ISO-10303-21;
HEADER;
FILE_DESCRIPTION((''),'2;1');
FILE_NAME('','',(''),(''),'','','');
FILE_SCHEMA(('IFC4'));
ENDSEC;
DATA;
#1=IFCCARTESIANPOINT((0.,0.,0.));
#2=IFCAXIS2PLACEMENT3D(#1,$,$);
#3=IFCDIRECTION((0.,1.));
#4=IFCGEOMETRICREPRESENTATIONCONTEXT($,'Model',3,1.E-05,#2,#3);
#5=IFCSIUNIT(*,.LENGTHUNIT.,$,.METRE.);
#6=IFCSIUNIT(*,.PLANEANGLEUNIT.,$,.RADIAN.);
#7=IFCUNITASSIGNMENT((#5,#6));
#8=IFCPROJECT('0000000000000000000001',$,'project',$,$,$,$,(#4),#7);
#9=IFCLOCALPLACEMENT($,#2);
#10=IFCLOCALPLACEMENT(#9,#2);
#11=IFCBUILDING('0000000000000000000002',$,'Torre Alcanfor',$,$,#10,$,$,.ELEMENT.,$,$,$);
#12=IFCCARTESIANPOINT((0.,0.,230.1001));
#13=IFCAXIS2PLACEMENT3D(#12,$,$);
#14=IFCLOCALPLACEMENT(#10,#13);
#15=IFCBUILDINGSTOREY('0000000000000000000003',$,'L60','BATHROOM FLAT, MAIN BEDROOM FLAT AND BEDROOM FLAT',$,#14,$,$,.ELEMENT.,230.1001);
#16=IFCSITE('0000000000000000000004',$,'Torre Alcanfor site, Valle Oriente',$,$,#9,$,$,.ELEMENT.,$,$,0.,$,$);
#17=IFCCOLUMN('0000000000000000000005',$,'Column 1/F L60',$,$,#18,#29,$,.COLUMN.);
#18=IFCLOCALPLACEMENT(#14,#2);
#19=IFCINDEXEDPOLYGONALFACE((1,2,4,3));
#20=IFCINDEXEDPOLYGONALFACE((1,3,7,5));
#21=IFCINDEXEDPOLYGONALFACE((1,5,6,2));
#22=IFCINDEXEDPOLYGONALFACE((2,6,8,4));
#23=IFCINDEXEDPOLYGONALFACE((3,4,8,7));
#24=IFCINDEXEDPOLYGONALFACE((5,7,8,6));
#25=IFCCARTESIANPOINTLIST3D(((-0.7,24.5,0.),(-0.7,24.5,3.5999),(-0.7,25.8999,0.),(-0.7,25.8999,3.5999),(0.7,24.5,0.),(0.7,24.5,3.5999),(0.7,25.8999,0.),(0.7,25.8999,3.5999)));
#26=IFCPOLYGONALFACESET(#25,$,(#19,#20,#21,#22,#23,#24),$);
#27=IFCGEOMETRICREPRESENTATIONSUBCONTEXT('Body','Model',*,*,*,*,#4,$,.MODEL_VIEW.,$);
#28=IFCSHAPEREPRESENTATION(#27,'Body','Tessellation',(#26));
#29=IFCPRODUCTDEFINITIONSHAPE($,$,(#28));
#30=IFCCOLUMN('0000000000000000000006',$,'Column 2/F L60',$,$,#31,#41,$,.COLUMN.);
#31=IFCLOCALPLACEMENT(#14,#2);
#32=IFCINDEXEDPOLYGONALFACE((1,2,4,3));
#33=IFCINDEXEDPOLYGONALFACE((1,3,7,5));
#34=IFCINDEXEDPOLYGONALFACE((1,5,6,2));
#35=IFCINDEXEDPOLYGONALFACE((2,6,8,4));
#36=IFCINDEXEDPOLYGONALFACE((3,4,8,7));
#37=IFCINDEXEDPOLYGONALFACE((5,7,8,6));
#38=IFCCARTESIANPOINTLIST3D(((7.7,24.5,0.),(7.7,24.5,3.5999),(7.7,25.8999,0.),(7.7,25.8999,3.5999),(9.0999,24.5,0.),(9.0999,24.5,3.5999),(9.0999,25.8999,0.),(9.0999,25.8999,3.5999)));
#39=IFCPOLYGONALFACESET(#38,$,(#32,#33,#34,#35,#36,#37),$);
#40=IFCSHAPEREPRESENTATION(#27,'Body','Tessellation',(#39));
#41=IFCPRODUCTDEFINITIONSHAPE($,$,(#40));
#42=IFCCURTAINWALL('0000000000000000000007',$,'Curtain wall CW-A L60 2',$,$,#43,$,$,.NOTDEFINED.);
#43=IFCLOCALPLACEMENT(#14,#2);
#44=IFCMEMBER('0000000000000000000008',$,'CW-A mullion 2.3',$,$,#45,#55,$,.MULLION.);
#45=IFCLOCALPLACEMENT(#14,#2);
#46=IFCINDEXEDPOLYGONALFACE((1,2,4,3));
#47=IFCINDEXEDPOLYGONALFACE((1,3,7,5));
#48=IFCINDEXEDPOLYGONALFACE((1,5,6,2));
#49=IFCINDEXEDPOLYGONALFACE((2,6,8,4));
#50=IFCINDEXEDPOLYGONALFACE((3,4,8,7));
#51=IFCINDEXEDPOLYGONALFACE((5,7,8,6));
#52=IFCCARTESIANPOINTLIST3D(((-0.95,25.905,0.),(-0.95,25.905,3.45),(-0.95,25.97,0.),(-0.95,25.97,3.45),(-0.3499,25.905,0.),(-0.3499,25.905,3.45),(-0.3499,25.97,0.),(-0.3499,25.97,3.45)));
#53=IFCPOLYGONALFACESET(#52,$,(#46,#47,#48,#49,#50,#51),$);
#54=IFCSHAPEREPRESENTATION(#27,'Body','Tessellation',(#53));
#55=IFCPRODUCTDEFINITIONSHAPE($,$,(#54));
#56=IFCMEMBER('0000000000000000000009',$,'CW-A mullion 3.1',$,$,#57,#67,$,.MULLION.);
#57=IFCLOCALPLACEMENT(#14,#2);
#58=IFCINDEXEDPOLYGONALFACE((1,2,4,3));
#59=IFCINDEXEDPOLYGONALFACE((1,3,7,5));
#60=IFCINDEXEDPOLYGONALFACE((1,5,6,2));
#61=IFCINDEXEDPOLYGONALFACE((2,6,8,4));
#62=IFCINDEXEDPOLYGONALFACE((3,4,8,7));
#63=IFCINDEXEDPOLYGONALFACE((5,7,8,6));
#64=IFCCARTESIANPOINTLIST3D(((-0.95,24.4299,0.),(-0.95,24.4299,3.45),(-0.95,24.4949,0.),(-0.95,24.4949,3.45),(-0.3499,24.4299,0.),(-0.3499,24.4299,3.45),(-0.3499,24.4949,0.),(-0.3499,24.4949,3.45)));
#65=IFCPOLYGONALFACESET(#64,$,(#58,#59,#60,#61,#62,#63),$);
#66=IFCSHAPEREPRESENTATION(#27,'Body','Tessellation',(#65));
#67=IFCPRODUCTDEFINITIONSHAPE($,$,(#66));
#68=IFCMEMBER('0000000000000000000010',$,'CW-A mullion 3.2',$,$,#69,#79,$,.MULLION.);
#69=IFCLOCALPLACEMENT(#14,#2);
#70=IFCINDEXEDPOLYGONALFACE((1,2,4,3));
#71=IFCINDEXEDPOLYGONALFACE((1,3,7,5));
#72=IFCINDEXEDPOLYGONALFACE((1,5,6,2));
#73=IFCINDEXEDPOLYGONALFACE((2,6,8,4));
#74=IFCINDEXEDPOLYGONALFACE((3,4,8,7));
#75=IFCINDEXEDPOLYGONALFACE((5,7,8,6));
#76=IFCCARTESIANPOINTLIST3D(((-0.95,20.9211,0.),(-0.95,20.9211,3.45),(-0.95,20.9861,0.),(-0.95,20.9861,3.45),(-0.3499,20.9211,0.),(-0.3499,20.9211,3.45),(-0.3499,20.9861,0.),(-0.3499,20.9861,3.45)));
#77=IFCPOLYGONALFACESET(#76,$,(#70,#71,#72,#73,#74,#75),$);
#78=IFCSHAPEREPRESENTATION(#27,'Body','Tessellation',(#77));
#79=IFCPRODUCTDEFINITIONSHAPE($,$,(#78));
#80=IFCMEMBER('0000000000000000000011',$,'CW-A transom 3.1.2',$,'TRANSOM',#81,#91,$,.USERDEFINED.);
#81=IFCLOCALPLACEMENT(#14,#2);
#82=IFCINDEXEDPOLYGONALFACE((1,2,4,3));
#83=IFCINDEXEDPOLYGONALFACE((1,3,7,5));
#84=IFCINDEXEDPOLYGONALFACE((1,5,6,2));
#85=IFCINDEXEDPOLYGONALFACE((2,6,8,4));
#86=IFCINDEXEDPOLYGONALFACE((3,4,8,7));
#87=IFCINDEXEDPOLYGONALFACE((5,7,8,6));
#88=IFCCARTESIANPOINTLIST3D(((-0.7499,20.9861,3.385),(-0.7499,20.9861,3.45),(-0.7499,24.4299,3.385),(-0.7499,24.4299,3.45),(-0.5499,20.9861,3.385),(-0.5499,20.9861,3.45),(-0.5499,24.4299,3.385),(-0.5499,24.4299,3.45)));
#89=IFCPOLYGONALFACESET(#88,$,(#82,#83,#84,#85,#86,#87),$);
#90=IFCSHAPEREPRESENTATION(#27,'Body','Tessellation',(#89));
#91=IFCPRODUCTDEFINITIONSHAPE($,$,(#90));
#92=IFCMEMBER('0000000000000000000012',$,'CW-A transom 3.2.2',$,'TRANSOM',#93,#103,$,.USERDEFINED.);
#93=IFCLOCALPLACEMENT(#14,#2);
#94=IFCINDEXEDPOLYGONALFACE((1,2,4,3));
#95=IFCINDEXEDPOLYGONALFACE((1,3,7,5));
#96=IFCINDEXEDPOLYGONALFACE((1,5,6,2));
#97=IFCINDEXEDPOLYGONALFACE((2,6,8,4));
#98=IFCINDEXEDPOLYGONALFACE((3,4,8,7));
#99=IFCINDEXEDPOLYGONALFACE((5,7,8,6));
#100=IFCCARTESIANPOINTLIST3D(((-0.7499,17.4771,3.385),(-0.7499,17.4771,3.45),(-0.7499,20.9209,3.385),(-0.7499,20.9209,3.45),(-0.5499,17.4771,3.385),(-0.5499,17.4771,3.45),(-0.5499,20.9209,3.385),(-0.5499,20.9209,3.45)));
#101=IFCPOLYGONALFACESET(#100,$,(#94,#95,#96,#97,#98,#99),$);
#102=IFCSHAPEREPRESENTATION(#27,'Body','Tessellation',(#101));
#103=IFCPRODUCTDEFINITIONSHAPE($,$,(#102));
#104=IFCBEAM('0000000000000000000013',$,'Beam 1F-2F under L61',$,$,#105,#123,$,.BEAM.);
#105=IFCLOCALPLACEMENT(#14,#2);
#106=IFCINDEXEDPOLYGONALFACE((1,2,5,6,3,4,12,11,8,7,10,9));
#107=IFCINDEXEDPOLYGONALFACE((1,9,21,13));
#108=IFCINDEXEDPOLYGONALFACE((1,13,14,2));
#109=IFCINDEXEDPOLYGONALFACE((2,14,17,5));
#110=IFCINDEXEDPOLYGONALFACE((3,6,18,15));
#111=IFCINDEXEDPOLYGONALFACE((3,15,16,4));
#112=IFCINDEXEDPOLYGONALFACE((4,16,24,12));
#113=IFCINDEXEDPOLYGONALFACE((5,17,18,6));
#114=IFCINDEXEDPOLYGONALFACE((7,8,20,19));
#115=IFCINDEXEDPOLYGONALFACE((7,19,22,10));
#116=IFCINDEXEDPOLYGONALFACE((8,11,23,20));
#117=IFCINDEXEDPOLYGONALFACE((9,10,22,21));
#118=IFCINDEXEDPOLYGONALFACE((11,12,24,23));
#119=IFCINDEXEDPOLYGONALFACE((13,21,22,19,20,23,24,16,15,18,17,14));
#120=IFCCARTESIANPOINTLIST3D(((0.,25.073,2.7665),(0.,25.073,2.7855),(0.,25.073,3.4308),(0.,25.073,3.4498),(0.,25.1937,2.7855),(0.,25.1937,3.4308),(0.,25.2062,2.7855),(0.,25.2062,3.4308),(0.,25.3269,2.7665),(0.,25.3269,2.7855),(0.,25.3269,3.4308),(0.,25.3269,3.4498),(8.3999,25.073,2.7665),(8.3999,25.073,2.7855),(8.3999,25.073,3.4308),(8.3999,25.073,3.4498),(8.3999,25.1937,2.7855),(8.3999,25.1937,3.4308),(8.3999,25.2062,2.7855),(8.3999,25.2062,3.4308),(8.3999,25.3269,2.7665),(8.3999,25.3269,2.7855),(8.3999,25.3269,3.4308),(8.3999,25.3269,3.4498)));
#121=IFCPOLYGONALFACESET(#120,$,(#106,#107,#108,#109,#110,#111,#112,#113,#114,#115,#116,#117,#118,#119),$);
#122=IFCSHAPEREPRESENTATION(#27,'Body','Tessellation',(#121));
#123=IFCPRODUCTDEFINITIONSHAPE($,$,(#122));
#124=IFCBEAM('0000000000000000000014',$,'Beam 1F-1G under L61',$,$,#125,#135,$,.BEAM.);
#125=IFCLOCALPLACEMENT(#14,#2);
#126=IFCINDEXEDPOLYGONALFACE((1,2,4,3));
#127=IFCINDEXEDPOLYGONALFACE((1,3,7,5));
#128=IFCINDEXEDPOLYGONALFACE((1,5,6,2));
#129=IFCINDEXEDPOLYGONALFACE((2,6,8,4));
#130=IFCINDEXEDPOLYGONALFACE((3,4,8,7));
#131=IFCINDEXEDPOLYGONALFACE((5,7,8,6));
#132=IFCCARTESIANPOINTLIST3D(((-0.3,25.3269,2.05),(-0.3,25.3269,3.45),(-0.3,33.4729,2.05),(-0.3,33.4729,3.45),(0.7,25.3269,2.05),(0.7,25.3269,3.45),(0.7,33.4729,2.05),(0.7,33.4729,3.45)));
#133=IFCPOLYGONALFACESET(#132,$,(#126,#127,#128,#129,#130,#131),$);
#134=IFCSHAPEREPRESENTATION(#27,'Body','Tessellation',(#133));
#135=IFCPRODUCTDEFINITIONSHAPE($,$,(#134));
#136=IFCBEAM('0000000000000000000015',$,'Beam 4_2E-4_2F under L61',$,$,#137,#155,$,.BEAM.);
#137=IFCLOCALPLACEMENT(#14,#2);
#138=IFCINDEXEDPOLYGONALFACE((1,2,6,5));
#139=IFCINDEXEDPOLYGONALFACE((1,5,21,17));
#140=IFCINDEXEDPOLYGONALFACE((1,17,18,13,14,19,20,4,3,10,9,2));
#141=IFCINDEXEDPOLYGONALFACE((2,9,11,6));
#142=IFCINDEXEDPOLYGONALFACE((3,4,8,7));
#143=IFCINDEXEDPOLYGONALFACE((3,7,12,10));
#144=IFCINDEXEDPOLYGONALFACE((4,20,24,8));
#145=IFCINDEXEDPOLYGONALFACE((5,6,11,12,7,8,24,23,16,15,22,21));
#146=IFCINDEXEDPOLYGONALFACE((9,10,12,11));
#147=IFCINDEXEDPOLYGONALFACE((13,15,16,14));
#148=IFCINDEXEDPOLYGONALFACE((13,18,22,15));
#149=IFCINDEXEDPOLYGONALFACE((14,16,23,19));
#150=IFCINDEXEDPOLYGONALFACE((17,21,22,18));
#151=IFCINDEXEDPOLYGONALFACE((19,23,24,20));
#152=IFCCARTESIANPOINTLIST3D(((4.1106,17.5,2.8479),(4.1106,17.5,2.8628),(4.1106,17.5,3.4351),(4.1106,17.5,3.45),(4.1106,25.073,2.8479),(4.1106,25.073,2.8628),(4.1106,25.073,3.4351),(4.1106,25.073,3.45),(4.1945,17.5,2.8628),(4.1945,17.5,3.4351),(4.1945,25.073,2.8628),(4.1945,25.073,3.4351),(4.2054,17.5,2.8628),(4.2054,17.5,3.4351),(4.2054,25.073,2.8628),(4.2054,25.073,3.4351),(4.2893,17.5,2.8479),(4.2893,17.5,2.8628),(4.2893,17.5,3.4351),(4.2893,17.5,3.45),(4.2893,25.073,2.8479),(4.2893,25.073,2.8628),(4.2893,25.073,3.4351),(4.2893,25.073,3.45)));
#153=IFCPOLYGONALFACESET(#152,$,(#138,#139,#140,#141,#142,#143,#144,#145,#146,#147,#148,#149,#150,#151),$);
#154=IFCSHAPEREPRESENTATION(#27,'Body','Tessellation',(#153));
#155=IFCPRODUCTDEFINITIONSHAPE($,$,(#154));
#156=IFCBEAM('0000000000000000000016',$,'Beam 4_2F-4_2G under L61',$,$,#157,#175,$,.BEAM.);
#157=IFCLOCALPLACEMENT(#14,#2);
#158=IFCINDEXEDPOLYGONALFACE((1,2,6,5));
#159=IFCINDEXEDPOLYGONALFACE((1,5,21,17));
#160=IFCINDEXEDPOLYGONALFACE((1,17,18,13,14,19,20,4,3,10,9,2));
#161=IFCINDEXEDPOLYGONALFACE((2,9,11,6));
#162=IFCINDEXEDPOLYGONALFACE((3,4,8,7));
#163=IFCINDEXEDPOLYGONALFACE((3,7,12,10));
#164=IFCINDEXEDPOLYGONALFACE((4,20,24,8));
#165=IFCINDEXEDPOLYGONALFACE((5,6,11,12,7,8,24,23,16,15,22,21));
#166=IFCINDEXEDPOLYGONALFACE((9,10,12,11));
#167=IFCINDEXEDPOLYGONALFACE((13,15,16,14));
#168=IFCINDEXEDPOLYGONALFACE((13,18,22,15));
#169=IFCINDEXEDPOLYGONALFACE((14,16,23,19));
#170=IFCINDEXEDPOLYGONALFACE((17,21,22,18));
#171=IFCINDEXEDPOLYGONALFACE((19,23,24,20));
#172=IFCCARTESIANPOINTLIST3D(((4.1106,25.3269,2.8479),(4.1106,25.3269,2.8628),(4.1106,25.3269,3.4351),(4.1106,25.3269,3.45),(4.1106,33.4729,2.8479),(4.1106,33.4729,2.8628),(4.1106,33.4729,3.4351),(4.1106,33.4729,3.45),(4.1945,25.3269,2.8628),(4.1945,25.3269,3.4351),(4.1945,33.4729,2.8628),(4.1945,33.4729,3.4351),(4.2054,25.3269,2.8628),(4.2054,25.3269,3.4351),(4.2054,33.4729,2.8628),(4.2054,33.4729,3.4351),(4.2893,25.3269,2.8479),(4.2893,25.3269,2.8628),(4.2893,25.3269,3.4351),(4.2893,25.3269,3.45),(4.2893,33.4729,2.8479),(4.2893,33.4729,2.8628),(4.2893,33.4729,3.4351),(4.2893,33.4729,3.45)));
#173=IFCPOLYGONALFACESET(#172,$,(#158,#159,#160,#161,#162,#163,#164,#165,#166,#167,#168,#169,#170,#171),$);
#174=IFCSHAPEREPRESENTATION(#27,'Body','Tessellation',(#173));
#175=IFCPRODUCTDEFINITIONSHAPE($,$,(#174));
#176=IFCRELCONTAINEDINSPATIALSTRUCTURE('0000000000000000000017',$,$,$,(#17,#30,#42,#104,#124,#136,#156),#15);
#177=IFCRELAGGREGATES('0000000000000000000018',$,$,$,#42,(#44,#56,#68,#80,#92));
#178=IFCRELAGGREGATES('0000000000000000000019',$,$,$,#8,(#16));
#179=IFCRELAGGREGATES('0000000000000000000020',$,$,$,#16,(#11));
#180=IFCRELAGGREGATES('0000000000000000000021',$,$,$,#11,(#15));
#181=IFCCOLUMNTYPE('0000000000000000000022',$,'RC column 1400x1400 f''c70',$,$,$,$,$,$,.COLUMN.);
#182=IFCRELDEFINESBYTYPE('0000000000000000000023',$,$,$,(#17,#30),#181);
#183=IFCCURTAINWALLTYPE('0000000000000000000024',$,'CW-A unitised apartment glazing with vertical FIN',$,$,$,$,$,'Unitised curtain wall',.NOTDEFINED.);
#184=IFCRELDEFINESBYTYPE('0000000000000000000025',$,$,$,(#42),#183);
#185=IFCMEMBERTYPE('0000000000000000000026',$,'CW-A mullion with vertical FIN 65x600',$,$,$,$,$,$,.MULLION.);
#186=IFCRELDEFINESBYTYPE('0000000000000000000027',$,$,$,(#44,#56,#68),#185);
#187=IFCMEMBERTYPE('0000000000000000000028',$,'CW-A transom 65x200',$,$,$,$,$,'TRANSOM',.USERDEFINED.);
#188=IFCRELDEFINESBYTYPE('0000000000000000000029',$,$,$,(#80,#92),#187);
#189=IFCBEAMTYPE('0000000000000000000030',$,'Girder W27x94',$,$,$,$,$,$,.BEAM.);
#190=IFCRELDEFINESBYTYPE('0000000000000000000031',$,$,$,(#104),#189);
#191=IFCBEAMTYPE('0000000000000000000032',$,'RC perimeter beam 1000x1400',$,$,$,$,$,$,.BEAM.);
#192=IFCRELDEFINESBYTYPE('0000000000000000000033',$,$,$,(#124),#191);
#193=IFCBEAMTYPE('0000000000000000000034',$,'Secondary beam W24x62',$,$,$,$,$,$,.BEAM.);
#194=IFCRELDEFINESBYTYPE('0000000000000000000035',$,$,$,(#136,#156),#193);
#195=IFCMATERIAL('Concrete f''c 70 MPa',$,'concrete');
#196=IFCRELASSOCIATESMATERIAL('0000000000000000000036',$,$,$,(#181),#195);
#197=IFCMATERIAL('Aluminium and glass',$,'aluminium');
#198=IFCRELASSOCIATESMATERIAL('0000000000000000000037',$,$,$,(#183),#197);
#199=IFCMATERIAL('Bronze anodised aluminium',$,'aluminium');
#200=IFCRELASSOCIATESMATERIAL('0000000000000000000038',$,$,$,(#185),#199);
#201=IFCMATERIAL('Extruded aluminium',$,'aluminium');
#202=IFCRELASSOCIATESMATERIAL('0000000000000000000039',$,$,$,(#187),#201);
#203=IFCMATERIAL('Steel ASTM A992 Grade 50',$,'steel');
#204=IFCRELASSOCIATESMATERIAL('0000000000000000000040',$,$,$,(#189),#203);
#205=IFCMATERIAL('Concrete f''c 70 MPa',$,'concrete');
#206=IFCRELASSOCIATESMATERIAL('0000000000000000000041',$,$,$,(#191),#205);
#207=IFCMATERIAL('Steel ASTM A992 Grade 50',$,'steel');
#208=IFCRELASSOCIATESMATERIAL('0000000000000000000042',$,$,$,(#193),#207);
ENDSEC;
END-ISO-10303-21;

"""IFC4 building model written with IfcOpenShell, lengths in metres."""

from ifc_helpers import new_model, si_unit, direction, frame, origin, origin_2d, place, context, subcontext, project, spatial, rectangle, i_section, extrude, material, material_profile, profile_set, type_object, element, aggregate, save


model = new_model("IFC4")

# Units and contexts
model_context = context("Model", 3, precision=1e-05, world=origin(), true_north=direction((0.0, 1.0)))
body_context = subcontext(model_context, "Body", "Model", "MODEL_VIEW")
ifc_project = project(units=[si_unit("LENGTHUNIT", "METRE"), si_unit("PLANEANGLEUNIT", "RADIAN")], contexts=[model_context])

# Site, building, storey
site_placement = place(None, origin())
site = spatial("IfcSite", under=ifc_project, at=site_placement, Name="Torre Alcanfor site, Valle Oriente", CompositionType="ELEMENT", RefElevation=0.0)
building_placement = place(site_placement, origin())
building = spatial("IfcBuilding", under=site, at=building_placement, Name="Torre Alcanfor", CompositionType="ELEMENT")
storey_placement = place(building_placement, frame((0.0, 0.0, 230.1001)))
storey = spatial("IfcBuildingStorey", under=building, at=storey_placement, Name="L60", Description="BATHROOM FLAT, MAIN BEDROOM FLAT AND BEDROOM FLAT", CompositionType="ELEMENT", Elevation=230.1001)

# Columns
ifc_material_1 = material(Name="Concrete f'c 70 MPa", Category="concrete")
ifc_material_profile_1 = material_profile(ifc_material_1, rectangle(XDim=1.3999, YDim=1.3999, at=origin_2d()), Name="1400x1400")
ifc_profile_set_1 = profile_set([ifc_material_profile_1], Name="Concrete f'c 70 MPa")
column_type = type_object("IfcColumnType", Name="RC column 1400x1400 f'c70", PredefinedType="COLUMN", material=ifc_profile_set_1)
for number, where, z_axis, x_axis, name in (
    (1, (0.0, 25.2, 0.0), (0.0, 0.0, 1.0), (1.0, 0.0, 0.0), "Column 1/F L60"),
    (2, (8.3999, 25.2, 0.0), (0.0, 0.0, 1.0), (1.0, 0.0, 0.0), "Column 2/F L60"),
):
    element("IfcColumn", number, at=place(storey_placement, frame(where, z_axis=z_axis, x_axis=x_axis)), inside=storey, type_object=column_type, Name=name, PredefinedType="COLUMN", context=body_context, shape_type="SweptSolid", body=[
        extrude(rectangle(XDim=1.3999, YDim=1.3999, at=origin_2d()), origin(), (0.0, 0.0, 1.0), 3.5999),
    ])

# Curtain wall, members
ifc_material_2 = material(Name="Aluminium and glass", Category="aluminium")
curtain_wall_type = type_object("IfcCurtainWallType", Name="CW-A unitised apartment glazing with vertical FIN", ElementType="Unitised curtain wall", PredefinedType="NOTDEFINED", material=ifc_material_2)
curtain_wall_placement = place(storey_placement, origin())
curtain_wall = element("IfcCurtainWall", 3, at=curtain_wall_placement, inside=storey, type_object=curtain_wall_type, Name="Curtain wall CW-A L60 2", PredefinedType="NOTDEFINED")
ifc_material_3 = material(Name="Bronze anodised aluminium", Category="aluminium")
ifc_material_profile_2 = material_profile(ifc_material_3, rectangle(XDim=0.6001, YDim=0.0649, at=origin_2d()), Name="CW-A mullion 65x600")
ifc_profile_set_2 = profile_set([ifc_material_profile_2], Name="Bronze anodised aluminium")
member_type_1 = type_object("IfcMemberType", Name="CW-A mullion with vertical FIN 65x600", PredefinedType="MULLION", material=ifc_profile_set_2)
member_1_placement = place(storey_placement, frame((-0.6499, 25.9375, 0.0), z_axis=(0.0, 0.0, 1.0), x_axis=(1.0, 0.0, 0.0)))
member_1 = element("IfcMember", 4, at=member_1_placement, type_object=member_type_1, Name="CW-A mullion 2.3", PredefinedType="MULLION", context=body_context, shape_type="SweptSolid", body=[
    extrude(rectangle(XDim=0.6001, YDim=0.0649, at=origin_2d()), origin(), (0.0, 0.0, 1.0), 3.45),
])
member_2_placement = place(storey_placement, frame((-0.6499, 24.4624, 0.0), z_axis=(0.0, 0.0, 1.0), x_axis=(1.0, 0.0, 0.0)))
member_2 = element("IfcMember", 5, at=member_2_placement, type_object=member_type_1, Name="CW-A mullion 3.1", PredefinedType="MULLION", context=body_context, shape_type="SweptSolid", body=[
    extrude(rectangle(XDim=0.6001, YDim=0.0649, at=origin_2d()), origin(), (0.0, 0.0, 1.0), 3.45),
])
member_3_placement = place(storey_placement, frame((-0.6499, 20.9536, 0.0), z_axis=(0.0, 0.0, 1.0), x_axis=(1.0, 0.0, 0.0)))
member_3 = element("IfcMember", 6, at=member_3_placement, type_object=member_type_1, Name="CW-A mullion 3.2", PredefinedType="MULLION", context=body_context, shape_type="SweptSolid", body=[
    extrude(rectangle(XDim=0.6001, YDim=0.0649, at=origin_2d()), origin(), (0.0, 0.0, 1.0), 3.45),
])
ifc_material_4 = material(Name="Extruded aluminium", Category="aluminium")
ifc_material_profile_3 = material_profile(ifc_material_4, rectangle(XDim=0.2, YDim=0.0649, at=origin_2d()), Name="CW-A transom 200x65")
ifc_profile_set_3 = profile_set([ifc_material_profile_3], Name="Extruded aluminium")
member_type_2 = type_object("IfcMemberType", Name="CW-A transom 65x200", ElementType="TRANSOM", PredefinedType="USERDEFINED", material=ifc_profile_set_3)
member_4_placement = place(storey_placement, frame((-0.6499, 24.4299, 3.4175), z_axis=(0.0, -1.0, 0.0), x_axis=(1.0, 0.0, 0.0)))
member_4 = element("IfcMember", 7, at=member_4_placement, type_object=member_type_2, Name="CW-A transom 3.1.2", ObjectType="TRANSOM", PredefinedType="USERDEFINED", context=body_context, shape_type="SweptSolid", body=[
    extrude(rectangle(XDim=0.2, YDim=0.0649, at=origin_2d()), origin(), (0.0, 0.0, 1.0), 3.4438),
])
member_5_placement = place(storey_placement, frame((-0.6499, 20.9209, 3.4175), z_axis=(0.0, -1.0, 0.0), x_axis=(1.0, 0.0, 0.0)))
member_5 = element("IfcMember", 8, at=member_5_placement, type_object=member_type_2, Name="CW-A transom 3.2.2", ObjectType="TRANSOM", PredefinedType="USERDEFINED", context=body_context, shape_type="SweptSolid", body=[
    extrude(rectangle(XDim=0.2, YDim=0.0649, at=origin_2d()), origin(), (0.0, 0.0, 1.0), 3.4438),
])

# Beams
ifc_material_5 = material(Name="Steel ASTM A992 Grade 50", Category="steel")
ifc_material_profile_4 = material_profile(ifc_material_5, i_section(OverallWidth=0.2539, OverallDepth=0.6833, WebThickness=0.0125, FlangeThickness=0.019, at=origin_2d()), Name="W27x94")
ifc_profile_set_4 = profile_set([ifc_material_profile_4], Name="Steel ASTM A992 Grade 50")
beam_type_1 = type_object("IfcBeamType", Name="Girder W27x94", PredefinedType="BEAM", material=ifc_profile_set_4)
beam_1_placement = place(storey_placement, frame((0.0, 25.2, 3.1082), z_axis=(1.0, 0.0, 0.0), x_axis=(0.0, 1.0, 0.0)))
element("IfcBeam", 9, at=beam_1_placement, inside=storey, type_object=beam_type_1, Name="Beam 1F-2F under L61", PredefinedType="BEAM", context=body_context, shape_type="SweptSolid", body=[
    extrude(i_section(OverallWidth=0.2539, OverallDepth=0.6833, WebThickness=0.0125, FlangeThickness=0.019, at=origin_2d()), origin(), (0.0, 0.0, 1.0), 8.3999),
])
ifc_material_6 = material(Name="Concrete f'c 70 MPa", Category="concrete")
ifc_material_profile_5 = material_profile(ifc_material_6, rectangle(XDim=1.0, YDim=1.3999, at=origin_2d()), Name="1000x1400")
ifc_profile_set_5 = profile_set([ifc_material_profile_5], Name="Concrete f'c 70 MPa")
beam_type_2 = type_object("IfcBeamType", Name="RC perimeter beam 1000x1400", PredefinedType="BEAM", material=ifc_profile_set_5)
beam_2_placement = place(storey_placement, frame((0.2, 25.3269, 2.75), z_axis=(0.0, 1.0, 0.0), x_axis=(-1.0, 0.0, 0.0)))
element("IfcBeam", 10, at=beam_2_placement, inside=storey, type_object=beam_type_2, Name="Beam 1F-1G under L61", PredefinedType="BEAM", context=body_context, shape_type="SweptSolid", body=[
    extrude(rectangle(XDim=1.0, YDim=1.3999, at=origin_2d()), origin(), (0.0, 0.0, 1.0), 8.146),
])
ifc_material_7 = material(Name="Steel ASTM A992 Grade 50", Category="steel")
ifc_material_profile_6 = material_profile(ifc_material_7, i_section(OverallWidth=0.1787, OverallDepth=0.6021, WebThickness=0.011, FlangeThickness=0.0149, at=origin_2d()), Name="W24x62")
ifc_profile_set_6 = profile_set([ifc_material_profile_6], Name="Steel ASTM A992 Grade 50")
beam_type_3 = type_object("IfcBeamType", Name="Secondary beam W24x62", PredefinedType="BEAM", material=ifc_profile_set_6)
beam_3_placement = place(storey_placement, frame((4.2, 17.5, 3.1489), z_axis=(0.0, 1.0, 0.0), x_axis=(-1.0, 0.0, 0.0)))
element("IfcBeam", 11, at=beam_3_placement, inside=storey, type_object=beam_type_3, Name="Beam 4_2E-4_2F under L61", PredefinedType="BEAM", context=body_context, shape_type="SweptSolid", body=[
    extrude(i_section(OverallWidth=0.1787, OverallDepth=0.6021, WebThickness=0.011, FlangeThickness=0.0149, at=origin_2d()), origin(), (0.0, 0.0, 1.0), 7.573),
])
beam_4_placement = place(storey_placement, frame((4.2, 25.3269, 3.1489), z_axis=(0.0, 1.0, 0.0), x_axis=(-1.0, 0.0, 0.0)))
element("IfcBeam", 12, at=beam_4_placement, inside=storey, type_object=beam_type_3, Name="Beam 4_2F-4_2G under L61", PredefinedType="BEAM", context=body_context, shape_type="SweptSolid", body=[
    extrude(i_section(OverallWidth=0.1787, OverallDepth=0.6021, WebThickness=0.011, FlangeThickness=0.0149, at=origin_2d()), origin(), (0.0, 0.0, 1.0), 8.146),
])

aggregate(curtain_wall, [member_1, member_2, member_3, member_4, member_5])

save(model, "model.ifc")
